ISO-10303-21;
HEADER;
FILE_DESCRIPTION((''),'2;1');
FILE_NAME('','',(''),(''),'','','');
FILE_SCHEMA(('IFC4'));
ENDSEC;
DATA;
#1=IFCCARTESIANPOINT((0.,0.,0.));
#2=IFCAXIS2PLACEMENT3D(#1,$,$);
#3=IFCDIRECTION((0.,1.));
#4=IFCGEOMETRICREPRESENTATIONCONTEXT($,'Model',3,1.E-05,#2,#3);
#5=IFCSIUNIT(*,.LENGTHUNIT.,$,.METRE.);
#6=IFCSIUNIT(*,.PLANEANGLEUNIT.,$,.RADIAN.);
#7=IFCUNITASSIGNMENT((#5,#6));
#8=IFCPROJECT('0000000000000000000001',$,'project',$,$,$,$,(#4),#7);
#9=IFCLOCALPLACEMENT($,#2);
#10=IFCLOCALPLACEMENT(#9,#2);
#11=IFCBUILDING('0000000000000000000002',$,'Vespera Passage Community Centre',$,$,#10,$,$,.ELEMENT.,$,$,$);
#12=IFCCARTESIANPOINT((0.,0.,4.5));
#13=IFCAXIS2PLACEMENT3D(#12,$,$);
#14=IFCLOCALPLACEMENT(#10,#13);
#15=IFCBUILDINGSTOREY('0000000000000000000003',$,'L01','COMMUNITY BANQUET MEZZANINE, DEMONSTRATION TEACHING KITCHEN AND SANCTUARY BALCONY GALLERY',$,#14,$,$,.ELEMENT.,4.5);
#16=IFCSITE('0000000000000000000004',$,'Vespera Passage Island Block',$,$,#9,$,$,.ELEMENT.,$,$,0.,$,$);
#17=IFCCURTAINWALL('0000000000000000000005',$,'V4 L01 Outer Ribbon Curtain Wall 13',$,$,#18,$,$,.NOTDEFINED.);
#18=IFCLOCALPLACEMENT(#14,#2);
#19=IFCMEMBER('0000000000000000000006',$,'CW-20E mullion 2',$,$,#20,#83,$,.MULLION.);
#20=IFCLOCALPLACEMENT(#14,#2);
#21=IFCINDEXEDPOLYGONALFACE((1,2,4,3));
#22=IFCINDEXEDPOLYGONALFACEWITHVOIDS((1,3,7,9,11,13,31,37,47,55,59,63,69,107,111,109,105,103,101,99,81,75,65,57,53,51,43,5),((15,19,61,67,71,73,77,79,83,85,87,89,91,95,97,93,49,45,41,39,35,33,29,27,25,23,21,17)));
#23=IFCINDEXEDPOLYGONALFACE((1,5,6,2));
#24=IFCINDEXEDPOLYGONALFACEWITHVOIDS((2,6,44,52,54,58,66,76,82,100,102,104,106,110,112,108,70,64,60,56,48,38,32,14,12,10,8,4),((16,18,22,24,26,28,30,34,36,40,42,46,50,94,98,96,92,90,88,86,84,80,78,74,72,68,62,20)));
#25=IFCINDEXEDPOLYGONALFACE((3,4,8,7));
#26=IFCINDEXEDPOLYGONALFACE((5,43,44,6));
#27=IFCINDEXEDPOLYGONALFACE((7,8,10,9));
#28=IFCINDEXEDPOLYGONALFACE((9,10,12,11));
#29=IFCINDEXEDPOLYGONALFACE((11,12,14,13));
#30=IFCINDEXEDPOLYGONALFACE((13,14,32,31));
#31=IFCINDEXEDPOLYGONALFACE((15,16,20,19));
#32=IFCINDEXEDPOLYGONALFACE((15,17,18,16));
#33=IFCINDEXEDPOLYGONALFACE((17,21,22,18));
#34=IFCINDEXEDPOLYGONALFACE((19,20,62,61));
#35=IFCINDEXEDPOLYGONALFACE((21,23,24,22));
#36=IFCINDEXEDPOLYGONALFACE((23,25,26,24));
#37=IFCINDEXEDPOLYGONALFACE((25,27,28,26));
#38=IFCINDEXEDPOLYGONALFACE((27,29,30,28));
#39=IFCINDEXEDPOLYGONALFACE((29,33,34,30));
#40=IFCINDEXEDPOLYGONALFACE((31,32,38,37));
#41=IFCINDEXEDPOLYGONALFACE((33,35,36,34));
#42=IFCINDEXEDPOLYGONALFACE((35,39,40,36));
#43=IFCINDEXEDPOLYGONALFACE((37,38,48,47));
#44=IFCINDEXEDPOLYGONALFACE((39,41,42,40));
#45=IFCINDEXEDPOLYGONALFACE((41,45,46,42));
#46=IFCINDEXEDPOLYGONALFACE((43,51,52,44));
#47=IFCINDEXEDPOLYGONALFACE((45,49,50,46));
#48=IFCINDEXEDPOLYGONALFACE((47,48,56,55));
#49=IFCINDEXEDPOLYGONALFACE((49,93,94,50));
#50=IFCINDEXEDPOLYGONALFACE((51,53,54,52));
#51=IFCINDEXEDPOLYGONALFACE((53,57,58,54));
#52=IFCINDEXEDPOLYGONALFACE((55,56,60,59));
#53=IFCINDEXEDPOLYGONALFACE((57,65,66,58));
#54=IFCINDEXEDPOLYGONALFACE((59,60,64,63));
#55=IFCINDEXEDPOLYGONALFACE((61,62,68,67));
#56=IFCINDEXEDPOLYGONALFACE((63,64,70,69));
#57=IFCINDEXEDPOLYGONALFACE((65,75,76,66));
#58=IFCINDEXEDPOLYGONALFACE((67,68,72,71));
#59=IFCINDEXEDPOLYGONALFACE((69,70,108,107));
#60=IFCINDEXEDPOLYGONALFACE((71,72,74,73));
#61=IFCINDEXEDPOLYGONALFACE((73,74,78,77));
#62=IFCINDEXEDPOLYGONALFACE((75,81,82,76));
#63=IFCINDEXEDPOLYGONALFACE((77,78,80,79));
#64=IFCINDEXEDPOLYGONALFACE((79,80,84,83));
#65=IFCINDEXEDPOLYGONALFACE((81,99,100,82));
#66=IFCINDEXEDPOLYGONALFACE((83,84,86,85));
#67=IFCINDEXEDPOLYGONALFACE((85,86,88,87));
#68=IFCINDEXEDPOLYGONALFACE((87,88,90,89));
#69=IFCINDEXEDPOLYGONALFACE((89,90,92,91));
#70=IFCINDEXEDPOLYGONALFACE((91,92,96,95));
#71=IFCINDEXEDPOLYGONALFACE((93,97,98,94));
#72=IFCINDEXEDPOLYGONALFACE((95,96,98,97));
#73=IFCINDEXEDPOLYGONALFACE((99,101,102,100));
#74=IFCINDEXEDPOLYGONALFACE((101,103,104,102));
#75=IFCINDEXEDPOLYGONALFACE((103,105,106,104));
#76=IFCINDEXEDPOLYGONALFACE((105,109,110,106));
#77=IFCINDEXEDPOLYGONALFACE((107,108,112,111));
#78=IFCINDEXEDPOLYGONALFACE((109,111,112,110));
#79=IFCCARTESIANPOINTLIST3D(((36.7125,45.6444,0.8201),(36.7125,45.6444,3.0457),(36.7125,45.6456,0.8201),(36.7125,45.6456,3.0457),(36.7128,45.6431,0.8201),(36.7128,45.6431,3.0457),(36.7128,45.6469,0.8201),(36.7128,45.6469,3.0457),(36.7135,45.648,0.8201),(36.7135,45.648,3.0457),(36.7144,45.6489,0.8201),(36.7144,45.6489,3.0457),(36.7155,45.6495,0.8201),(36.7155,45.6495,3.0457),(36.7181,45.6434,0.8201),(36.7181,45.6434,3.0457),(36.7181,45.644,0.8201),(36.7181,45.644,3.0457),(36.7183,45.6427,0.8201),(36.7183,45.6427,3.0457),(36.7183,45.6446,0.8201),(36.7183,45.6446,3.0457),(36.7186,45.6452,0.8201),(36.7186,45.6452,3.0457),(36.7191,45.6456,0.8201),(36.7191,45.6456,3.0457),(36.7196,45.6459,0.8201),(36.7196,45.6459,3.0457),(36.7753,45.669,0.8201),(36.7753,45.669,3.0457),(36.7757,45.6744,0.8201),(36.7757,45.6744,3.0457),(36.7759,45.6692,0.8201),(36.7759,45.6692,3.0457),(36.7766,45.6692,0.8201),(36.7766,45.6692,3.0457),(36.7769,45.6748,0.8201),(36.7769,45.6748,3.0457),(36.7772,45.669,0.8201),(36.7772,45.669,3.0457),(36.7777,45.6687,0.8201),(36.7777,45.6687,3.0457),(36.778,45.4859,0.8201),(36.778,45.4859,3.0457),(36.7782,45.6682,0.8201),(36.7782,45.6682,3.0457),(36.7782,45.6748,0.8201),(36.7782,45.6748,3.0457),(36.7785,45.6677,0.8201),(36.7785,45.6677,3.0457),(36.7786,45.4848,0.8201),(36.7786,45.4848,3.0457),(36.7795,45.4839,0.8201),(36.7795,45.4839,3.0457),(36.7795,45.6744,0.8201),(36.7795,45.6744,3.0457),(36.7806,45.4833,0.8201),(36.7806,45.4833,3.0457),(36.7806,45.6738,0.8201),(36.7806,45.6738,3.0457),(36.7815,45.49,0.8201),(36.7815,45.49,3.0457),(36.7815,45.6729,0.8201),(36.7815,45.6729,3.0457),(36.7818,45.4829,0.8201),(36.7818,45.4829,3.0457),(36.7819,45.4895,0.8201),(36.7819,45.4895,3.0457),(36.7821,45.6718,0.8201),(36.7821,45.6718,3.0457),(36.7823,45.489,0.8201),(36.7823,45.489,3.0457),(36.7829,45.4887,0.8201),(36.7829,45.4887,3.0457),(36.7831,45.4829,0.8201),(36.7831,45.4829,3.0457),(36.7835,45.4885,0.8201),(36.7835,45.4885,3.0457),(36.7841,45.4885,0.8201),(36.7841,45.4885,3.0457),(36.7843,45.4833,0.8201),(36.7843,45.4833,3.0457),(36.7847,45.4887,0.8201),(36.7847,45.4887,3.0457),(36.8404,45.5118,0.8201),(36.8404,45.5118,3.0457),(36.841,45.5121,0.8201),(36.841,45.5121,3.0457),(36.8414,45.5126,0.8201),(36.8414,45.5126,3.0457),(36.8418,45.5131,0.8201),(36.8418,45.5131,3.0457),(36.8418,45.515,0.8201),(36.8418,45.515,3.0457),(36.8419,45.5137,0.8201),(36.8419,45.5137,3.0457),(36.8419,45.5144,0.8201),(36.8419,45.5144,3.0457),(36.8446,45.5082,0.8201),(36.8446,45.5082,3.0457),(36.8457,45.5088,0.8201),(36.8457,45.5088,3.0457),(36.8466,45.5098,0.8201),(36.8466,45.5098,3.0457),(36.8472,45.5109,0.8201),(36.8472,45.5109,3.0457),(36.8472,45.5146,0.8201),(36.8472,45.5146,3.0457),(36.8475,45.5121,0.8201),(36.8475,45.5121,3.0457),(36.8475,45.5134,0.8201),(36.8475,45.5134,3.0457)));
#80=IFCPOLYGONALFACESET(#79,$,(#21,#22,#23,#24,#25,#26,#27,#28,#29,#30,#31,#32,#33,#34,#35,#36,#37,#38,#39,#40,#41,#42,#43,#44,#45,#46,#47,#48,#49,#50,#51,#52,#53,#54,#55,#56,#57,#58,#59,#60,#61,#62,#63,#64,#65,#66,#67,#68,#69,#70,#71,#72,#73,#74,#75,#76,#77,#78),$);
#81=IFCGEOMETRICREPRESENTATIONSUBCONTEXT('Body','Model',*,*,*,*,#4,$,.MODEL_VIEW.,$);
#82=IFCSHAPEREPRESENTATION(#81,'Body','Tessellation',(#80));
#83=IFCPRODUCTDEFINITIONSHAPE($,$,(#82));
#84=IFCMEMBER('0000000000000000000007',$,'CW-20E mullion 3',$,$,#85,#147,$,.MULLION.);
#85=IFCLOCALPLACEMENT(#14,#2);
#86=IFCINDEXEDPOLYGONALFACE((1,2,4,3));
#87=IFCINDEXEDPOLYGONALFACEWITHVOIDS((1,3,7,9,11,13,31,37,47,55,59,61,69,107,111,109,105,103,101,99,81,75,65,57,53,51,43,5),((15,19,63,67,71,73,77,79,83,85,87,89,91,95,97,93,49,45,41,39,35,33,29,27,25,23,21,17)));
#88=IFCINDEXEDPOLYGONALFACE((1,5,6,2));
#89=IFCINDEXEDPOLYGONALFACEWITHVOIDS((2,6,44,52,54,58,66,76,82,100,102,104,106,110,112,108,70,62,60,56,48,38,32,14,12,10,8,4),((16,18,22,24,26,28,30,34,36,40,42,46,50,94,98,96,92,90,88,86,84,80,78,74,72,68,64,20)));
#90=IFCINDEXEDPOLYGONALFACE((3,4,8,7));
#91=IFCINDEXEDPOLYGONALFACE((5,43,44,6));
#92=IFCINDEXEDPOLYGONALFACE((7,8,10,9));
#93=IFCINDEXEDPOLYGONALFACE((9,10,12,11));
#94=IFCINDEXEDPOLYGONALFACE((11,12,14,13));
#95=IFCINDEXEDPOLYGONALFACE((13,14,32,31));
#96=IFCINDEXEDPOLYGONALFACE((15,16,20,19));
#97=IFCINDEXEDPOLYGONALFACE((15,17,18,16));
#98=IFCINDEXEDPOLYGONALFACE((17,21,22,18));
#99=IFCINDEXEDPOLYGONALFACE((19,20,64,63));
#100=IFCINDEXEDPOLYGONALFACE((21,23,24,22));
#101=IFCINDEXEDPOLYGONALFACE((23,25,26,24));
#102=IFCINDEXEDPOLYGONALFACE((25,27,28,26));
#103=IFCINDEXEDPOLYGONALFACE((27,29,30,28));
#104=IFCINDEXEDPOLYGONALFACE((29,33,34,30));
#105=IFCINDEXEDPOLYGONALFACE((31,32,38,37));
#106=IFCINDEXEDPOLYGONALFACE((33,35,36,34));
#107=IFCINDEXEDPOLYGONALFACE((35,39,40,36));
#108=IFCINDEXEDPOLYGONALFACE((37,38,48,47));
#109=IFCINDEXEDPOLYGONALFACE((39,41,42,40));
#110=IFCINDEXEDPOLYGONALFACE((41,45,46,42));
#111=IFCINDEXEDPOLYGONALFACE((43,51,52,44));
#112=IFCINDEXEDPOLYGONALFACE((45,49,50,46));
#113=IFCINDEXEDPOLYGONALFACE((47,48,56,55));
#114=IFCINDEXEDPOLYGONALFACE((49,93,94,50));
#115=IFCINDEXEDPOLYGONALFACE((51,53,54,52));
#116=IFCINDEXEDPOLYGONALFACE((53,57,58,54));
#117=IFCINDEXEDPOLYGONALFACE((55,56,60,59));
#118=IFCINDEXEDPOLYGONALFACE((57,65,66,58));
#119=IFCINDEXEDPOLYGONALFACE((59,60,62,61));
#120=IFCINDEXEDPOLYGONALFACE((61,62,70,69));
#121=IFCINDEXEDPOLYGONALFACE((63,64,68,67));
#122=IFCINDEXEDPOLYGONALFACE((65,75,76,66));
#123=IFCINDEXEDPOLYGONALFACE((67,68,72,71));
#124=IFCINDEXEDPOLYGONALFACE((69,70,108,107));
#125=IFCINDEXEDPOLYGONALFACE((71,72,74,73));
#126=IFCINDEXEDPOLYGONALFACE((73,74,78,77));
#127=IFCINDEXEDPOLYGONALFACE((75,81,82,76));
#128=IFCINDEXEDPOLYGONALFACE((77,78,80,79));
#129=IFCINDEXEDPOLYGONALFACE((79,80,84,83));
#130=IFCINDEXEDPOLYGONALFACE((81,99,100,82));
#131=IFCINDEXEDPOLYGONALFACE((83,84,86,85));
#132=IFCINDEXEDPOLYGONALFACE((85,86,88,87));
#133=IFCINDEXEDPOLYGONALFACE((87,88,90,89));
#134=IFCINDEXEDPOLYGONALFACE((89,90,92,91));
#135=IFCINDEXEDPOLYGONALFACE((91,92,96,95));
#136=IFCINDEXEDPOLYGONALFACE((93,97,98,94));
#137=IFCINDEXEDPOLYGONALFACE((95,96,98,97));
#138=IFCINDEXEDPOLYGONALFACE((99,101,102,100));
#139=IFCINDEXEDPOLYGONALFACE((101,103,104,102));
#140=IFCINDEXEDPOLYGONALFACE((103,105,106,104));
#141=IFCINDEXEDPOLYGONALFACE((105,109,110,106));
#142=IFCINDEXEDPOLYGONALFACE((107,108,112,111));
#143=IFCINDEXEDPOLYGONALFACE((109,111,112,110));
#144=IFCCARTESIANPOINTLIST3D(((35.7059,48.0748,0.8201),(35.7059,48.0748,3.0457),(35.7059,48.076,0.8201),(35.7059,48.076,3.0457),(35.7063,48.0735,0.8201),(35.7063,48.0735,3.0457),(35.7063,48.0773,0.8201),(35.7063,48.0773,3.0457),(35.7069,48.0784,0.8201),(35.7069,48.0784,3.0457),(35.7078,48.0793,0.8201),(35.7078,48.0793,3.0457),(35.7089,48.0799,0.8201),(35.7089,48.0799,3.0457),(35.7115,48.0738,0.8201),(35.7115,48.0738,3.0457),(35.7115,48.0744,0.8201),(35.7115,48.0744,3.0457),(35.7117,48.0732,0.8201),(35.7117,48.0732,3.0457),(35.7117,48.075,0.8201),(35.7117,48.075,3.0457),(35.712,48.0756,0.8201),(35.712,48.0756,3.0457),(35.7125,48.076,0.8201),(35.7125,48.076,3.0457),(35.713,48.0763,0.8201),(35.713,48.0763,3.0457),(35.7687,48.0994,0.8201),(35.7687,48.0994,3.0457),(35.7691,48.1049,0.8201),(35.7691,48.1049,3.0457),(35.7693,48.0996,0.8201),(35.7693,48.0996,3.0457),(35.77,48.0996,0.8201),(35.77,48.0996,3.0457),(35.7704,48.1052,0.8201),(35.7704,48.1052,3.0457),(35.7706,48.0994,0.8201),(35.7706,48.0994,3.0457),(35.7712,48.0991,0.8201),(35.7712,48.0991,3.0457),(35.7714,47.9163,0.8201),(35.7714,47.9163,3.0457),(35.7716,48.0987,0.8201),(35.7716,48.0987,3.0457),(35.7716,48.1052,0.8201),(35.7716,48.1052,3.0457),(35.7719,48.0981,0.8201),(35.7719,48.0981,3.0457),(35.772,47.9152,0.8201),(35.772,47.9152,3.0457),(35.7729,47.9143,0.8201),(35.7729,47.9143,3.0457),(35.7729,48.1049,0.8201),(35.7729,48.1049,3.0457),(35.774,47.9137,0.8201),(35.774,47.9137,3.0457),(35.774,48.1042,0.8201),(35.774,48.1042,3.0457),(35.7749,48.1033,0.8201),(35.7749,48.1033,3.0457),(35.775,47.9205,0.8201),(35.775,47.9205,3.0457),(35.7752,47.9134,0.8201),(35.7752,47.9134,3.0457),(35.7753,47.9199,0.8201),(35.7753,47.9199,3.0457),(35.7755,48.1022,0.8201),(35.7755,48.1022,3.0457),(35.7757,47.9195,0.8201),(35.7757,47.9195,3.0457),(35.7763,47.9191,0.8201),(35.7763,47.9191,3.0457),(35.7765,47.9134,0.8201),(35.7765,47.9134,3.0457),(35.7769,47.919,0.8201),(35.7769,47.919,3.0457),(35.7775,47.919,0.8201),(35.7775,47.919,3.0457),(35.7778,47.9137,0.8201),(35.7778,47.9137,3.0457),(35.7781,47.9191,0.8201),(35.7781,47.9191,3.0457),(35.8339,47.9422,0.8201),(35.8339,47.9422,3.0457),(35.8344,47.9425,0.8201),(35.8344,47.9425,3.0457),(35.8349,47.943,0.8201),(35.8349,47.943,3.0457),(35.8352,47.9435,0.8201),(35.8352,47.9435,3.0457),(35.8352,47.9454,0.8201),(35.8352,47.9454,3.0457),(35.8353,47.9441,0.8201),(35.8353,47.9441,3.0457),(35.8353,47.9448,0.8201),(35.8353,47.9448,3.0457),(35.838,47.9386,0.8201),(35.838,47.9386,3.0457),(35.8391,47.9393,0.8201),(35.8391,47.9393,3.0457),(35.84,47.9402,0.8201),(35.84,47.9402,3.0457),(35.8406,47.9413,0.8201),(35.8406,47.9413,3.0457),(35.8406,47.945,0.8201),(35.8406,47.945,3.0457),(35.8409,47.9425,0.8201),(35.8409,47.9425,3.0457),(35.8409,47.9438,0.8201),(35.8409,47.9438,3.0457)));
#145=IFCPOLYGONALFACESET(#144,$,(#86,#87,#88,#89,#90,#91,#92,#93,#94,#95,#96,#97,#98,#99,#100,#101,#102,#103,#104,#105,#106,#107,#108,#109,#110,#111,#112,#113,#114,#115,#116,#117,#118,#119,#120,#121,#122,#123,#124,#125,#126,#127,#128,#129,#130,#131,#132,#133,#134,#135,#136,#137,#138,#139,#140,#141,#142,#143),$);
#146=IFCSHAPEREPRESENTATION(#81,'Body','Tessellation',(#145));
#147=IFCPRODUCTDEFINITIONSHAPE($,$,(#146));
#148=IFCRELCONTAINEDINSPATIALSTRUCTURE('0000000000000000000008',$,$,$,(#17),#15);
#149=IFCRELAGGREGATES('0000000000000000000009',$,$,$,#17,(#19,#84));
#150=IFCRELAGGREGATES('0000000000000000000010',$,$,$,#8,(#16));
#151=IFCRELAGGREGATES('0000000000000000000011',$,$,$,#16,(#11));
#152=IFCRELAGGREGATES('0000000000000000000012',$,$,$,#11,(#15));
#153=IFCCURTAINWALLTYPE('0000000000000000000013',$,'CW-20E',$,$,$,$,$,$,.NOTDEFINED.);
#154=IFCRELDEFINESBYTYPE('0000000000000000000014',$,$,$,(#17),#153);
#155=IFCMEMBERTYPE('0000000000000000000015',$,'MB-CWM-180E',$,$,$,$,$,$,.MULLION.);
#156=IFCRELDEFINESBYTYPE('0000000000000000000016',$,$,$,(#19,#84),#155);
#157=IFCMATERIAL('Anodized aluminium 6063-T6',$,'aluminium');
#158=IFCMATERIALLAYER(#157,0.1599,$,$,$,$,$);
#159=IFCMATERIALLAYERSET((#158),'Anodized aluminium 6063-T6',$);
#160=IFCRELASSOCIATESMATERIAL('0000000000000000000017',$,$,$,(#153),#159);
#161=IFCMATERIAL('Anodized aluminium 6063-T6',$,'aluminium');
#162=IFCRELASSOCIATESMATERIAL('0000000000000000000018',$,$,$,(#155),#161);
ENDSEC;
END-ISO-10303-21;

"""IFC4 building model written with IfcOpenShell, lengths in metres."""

from ifc_helpers import new_model, si_unit, direction, frame, origin, origin_2d, place, context, subcontext, project, spatial, hollow_rectangle, extrude, material, layer, layer_set, material_profile, profile_set, type_object, element, aggregate, save


model = new_model("IFC4")

# Units and contexts
model_context = context("Model", 3, precision=1e-05, world=origin(), true_north=direction((0.0, 1.0)))
body_context = subcontext(model_context, "Body", "Model", "MODEL_VIEW")
ifc_project = project(units=[si_unit("LENGTHUNIT", "METRE"), si_unit("PLANEANGLEUNIT", "RADIAN")], contexts=[model_context])

# Site, building, storey
site_placement = place(None, origin())
site = spatial("IfcSite", under=ifc_project, at=site_placement, Name="Vespera Passage Island Block", CompositionType="ELEMENT", RefElevation=0.0)
building_placement = place(site_placement, origin())
building = spatial("IfcBuilding", under=site, at=building_placement, Name="Vespera Passage Community Centre", CompositionType="ELEMENT")
storey_placement = place(building_placement, frame((0.0, 0.0, 4.5)))
storey = spatial("IfcBuildingStorey", under=building, at=storey_placement, Name="L01", Description="COMMUNITY BANQUET MEZZANINE, DEMONSTRATION TEACHING KITCHEN AND SANCTUARY BALCONY GALLERY", CompositionType="ELEMENT", Elevation=4.5)

# Curtain wall, members
ifc_material_1 = material(Name="Anodized aluminium 6063-T6", Category="aluminium")
ifc_layer_1 = layer(ifc_material_1, 0.1599)
ifc_layer_set_1 = layer_set([ifc_layer_1], Name="Anodized aluminium 6063-T6")
curtain_wall_type_1 = type_object("IfcCurtainWallType", Name="CW-20E", PredefinedType="NOTDEFINED", material=ifc_layer_set_1)
curtain_wall_1_placement = place(storey_placement, origin())
curtain_wall_1 = element("IfcCurtainWall", 1, at=curtain_wall_1_placement, inside=storey, type_object=curtain_wall_type_1, Name="V4 L01 Outer Ribbon Curtain Wall 13", PredefinedType="NOTDEFINED")
ifc_material_2 = material(Name="Anodized aluminium 6063-T6", Category="aluminium")
ifc_material_profile_1 = material_profile(ifc_material_2, hollow_rectangle(XDim=0.075, YDim=0.1799, WallThickness=0.0049, InnerFilletRadius=0.0024, OuterFilletRadius=0.0049, at=origin_2d()), Name="ALU180X75X5")
ifc_profile_set_1 = profile_set([ifc_material_profile_1], Name="Anodized aluminium 6063-T6")
member_type_1 = type_object("IfcMemberType", Name="MB-CWM-180E", PredefinedType="MULLION", material=ifc_profile_set_1)
member_1_placement = place(storey_placement, frame((36.78, 45.5789, 0.8201), z_axis=(0.0, 0.0, 1.0), x_axis=(-0.923881, -0.382679, 0.0)))
member_1 = element("IfcMember", 2, at=member_1_placement, type_object=member_type_1, Name="CW-20E mullion 2", PredefinedType="MULLION", context=body_context, shape_type="SweptSolid", body=[
    extrude(hollow_rectangle(XDim=0.075, YDim=0.1799, WallThickness=0.0049, InnerFilletRadius=0.0024, OuterFilletRadius=0.0049, at=origin_2d()), origin(), (0.0, 0.0, 1.0), 2.2256),
])
member_2_placement = place(storey_placement, frame((35.7734, 48.0093, 0.8201), z_axis=(0.0, 0.0, 1.0), x_axis=(-0.923881, -0.382679, 0.0)))
member_2 = element("IfcMember", 3, at=member_2_placement, type_object=member_type_1, Name="CW-20E mullion 3", PredefinedType="MULLION", context=body_context, shape_type="SweptSolid", body=[
    extrude(hollow_rectangle(XDim=0.075, YDim=0.1799, WallThickness=0.0049, InnerFilletRadius=0.0024, OuterFilletRadius=0.0049, at=origin_2d()), origin(), (0.0, 0.0, 1.0), 2.2256),
])

aggregate(curtain_wall_1, [member_1, member_2])

save(model, "model.ifc")
